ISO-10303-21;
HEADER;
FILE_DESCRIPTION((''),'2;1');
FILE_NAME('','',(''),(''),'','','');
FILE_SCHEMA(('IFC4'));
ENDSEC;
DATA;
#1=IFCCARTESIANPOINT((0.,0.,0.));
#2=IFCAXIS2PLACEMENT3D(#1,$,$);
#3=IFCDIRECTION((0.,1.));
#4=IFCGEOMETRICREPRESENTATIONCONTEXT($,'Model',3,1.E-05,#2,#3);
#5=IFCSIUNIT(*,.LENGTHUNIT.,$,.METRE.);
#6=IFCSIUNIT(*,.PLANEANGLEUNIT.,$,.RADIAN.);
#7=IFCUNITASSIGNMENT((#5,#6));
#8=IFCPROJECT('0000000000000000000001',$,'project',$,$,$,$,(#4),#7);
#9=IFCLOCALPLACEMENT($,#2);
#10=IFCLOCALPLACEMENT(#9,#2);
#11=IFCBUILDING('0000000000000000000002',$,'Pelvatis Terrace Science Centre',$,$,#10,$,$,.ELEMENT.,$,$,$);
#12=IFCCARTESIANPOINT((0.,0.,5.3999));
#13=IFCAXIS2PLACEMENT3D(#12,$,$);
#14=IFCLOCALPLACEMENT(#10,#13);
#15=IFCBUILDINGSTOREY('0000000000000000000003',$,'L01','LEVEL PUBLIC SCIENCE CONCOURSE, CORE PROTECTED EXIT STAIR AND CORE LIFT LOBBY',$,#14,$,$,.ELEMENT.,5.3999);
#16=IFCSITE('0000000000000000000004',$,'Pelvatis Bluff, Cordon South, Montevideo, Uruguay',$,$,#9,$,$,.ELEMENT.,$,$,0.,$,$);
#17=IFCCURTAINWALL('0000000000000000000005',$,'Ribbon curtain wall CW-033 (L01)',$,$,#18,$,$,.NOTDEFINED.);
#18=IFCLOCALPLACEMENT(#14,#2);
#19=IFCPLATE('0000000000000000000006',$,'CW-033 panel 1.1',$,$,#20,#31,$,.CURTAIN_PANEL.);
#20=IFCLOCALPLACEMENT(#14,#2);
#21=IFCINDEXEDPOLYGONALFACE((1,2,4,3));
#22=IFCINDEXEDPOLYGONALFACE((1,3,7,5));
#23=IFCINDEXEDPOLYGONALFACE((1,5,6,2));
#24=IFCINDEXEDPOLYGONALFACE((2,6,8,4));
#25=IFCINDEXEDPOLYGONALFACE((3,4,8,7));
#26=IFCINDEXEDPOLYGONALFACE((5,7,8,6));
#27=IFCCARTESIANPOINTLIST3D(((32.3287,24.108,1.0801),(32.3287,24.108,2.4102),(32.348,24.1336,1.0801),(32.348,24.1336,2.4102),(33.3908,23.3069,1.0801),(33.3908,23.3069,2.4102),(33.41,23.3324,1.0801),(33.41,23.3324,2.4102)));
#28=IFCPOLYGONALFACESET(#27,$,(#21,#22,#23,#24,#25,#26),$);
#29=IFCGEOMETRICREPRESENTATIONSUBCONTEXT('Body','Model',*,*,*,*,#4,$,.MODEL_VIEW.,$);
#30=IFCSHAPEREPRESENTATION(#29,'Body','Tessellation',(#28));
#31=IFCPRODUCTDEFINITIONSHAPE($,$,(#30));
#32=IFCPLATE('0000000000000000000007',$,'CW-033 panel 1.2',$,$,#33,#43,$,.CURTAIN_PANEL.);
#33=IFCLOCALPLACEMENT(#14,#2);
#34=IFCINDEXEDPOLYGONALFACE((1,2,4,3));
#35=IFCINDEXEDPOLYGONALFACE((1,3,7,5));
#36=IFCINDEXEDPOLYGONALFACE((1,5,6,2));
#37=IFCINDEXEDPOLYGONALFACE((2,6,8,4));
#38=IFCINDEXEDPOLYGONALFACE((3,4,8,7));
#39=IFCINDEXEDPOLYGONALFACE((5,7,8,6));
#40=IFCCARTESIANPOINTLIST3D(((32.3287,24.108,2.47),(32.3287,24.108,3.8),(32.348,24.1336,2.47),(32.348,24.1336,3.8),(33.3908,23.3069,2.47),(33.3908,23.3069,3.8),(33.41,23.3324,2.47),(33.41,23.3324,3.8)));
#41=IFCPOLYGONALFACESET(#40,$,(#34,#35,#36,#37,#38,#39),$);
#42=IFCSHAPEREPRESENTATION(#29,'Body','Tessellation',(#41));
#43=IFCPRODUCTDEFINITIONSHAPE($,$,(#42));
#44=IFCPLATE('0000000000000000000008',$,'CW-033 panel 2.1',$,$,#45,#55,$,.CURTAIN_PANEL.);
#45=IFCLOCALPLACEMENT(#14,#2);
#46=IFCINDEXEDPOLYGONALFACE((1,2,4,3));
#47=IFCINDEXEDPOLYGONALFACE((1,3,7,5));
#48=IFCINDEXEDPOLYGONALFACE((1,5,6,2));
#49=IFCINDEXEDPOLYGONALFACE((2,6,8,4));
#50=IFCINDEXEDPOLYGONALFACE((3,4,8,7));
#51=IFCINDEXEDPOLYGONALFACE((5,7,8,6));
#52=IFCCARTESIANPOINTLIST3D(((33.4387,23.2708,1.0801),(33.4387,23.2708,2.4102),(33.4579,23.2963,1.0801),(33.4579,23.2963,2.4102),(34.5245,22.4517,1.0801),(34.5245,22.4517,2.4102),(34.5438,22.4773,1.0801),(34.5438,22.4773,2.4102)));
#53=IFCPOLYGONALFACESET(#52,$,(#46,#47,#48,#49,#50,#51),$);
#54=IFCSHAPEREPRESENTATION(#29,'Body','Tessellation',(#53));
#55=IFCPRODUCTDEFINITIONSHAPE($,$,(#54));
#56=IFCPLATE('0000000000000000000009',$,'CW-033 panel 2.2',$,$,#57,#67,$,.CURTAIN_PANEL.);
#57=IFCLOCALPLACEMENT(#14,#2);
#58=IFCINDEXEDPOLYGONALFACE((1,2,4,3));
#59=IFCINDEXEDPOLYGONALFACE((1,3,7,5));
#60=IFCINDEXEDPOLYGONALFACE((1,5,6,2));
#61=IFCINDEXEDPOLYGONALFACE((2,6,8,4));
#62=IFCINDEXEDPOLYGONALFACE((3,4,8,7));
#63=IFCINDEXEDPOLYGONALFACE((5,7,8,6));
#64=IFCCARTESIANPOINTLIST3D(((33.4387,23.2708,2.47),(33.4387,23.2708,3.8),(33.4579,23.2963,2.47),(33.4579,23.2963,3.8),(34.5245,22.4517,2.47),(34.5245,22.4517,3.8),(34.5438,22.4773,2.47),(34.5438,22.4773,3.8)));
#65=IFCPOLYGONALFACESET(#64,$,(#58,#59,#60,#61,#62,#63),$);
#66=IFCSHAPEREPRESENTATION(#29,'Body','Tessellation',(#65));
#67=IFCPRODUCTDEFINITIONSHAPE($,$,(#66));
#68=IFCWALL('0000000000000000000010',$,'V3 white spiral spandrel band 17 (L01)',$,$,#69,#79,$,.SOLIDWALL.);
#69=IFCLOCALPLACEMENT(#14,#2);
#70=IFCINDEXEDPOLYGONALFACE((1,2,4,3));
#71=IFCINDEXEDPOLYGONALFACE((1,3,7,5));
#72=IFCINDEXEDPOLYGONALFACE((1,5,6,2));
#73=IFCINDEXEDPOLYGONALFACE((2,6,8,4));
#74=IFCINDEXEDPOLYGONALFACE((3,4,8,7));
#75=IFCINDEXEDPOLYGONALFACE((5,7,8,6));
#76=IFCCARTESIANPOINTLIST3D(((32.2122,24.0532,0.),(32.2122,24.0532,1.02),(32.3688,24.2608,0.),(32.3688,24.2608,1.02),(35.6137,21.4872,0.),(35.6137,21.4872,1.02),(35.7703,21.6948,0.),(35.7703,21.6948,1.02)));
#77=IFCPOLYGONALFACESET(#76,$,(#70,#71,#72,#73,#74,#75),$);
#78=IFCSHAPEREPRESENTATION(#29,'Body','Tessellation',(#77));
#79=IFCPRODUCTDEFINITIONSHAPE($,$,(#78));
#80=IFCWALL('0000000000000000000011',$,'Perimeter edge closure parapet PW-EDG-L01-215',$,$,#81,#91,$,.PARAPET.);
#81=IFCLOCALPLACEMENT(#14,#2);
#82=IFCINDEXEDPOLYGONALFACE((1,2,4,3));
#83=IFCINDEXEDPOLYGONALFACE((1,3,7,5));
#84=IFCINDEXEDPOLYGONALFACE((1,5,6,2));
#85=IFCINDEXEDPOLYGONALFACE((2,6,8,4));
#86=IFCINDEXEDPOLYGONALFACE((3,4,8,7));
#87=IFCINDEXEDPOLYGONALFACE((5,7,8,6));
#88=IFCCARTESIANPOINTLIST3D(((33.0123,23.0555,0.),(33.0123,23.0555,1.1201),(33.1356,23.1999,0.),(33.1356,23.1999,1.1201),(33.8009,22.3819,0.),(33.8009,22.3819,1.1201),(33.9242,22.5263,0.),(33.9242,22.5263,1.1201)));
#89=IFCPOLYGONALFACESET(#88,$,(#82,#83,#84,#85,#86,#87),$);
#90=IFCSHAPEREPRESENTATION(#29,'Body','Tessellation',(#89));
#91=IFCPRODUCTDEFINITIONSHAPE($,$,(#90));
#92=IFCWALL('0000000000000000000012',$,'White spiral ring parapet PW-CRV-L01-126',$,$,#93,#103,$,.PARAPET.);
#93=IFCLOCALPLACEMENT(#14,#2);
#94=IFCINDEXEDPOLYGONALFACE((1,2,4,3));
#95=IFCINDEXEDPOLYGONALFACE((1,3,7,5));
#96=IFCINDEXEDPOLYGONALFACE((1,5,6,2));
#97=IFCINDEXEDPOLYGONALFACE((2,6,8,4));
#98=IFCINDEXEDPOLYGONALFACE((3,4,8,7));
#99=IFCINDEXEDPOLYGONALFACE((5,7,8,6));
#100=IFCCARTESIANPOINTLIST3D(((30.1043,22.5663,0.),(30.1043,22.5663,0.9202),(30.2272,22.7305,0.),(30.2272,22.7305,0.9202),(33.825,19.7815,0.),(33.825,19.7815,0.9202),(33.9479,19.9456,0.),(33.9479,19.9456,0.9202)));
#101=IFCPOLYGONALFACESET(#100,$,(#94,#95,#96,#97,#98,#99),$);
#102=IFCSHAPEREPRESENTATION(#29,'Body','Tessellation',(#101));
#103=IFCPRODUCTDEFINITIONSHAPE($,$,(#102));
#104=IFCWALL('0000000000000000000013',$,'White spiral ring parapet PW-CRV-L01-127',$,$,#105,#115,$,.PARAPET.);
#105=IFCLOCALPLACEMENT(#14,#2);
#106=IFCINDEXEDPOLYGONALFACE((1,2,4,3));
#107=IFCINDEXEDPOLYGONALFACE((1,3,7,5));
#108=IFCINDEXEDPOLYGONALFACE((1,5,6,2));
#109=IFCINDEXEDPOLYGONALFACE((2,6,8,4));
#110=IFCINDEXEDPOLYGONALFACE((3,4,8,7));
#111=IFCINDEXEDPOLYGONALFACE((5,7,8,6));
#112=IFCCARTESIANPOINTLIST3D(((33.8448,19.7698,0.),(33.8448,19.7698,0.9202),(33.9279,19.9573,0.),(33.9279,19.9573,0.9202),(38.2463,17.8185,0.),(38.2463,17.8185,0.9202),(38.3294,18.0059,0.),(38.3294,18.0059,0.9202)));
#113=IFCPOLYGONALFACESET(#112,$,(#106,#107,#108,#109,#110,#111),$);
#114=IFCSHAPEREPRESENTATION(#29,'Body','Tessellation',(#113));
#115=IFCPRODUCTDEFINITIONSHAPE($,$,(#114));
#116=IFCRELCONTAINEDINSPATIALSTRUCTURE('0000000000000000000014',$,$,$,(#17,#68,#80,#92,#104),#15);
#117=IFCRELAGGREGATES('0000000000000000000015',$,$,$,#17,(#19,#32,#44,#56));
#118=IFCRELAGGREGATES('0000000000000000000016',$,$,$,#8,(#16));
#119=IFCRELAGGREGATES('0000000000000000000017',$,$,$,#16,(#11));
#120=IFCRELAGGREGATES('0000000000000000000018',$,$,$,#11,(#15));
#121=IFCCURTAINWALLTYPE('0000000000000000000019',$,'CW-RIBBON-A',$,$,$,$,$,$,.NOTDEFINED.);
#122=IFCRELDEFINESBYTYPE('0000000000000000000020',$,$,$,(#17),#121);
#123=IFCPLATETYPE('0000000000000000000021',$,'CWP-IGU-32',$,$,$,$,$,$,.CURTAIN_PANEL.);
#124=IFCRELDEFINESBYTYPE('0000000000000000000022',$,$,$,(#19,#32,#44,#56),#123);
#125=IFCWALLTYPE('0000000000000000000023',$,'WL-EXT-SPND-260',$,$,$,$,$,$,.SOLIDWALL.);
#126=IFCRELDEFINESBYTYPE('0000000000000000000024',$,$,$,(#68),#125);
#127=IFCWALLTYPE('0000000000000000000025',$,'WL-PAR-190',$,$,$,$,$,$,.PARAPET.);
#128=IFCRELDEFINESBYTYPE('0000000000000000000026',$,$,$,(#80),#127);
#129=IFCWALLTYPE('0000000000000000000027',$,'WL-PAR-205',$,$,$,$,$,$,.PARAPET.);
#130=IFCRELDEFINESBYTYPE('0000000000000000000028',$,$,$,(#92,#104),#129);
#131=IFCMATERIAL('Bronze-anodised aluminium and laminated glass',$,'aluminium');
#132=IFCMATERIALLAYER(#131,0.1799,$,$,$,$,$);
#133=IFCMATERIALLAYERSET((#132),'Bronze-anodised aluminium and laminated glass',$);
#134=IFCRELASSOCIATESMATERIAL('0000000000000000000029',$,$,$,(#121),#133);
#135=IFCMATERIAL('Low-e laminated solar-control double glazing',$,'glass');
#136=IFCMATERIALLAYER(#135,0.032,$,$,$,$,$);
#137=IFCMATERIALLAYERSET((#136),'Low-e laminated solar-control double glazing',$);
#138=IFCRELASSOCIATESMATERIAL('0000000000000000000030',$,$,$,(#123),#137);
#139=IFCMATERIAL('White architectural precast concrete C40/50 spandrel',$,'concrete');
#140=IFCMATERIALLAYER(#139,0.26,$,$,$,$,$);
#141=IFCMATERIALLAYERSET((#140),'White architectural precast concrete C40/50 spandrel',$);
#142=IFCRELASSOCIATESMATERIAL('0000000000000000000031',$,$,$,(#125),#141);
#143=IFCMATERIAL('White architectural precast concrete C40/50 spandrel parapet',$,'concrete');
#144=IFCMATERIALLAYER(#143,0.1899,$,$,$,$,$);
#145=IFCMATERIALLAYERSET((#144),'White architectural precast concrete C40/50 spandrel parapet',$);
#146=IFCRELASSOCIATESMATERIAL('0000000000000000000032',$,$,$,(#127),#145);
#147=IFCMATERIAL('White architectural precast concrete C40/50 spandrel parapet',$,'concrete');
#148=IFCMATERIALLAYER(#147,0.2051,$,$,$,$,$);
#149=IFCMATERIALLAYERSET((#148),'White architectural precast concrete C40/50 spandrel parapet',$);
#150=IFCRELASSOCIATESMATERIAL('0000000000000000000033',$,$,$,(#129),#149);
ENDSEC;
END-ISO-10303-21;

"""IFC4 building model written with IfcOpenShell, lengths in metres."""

from ifc_helpers import new_model, si_unit, direction, frame, frame_2d, origin, origin_2d, place, context, subcontext, project, spatial, rectangle, extrude, material, layer, layer_set, type_object, element, aggregate, save


model = new_model("IFC4")

# Units and contexts
model_context = context("Model", 3, precision=1e-05, world=origin(), true_north=direction((0.0, 1.0)))
body_context = subcontext(model_context, "Body", "Model", "MODEL_VIEW")
ifc_project = project(units=[si_unit("LENGTHUNIT", "METRE"), si_unit("PLANEANGLEUNIT", "RADIAN")], contexts=[model_context])

# Site, building, storey
site_placement = place(None, origin())
site = spatial("IfcSite", under=ifc_project, at=site_placement, Name="Pelvatis Bluff, Cordon South, Montevideo, Uruguay", CompositionType="ELEMENT", RefElevation=0.0)
building_placement = place(site_placement, origin())
building = spatial("IfcBuilding", under=site, at=building_placement, Name="Pelvatis Terrace Science Centre", CompositionType="ELEMENT")
storey_placement = place(building_placement, frame((0.0, 0.0, 5.3999)))
storey = spatial("IfcBuildingStorey", under=building, at=storey_placement, Name="L01", Description="LEVEL PUBLIC SCIENCE CONCOURSE, CORE PROTECTED EXIT STAIR AND CORE LIFT LOBBY", CompositionType="ELEMENT", Elevation=5.3999)

# Shared definitions
ifc_material_1 = material(Name="Bronze-anodised aluminium and laminated glass", Category="aluminium")
ifc_layer_1 = layer(ifc_material_1, 0.1799)
ifc_layer_set_1 = layer_set([ifc_layer_1], Name="Bronze-anodised aluminium and laminated glass")
curtain_wall_type = type_object("IfcCurtainWallType", Name="CW-RIBBON-A", PredefinedType="NOTDEFINED", material=ifc_layer_set_1)

# Curtain wall
curtain_wall_1_placement = place(storey_placement, origin())
curtain_wall_1 = element("IfcCurtainWall", 1, at=curtain_wall_1_placement, inside=storey, type_object=curtain_wall_type, Name="Ribbon curtain wall CW-033 (L01)", PredefinedType="NOTDEFINED")

# Plates
ifc_material_2 = material(Name="Low-e laminated solar-control double glazing", Category="glass")
ifc_layer_2 = layer(ifc_material_2, 0.032)
ifc_layer_set_2 = layer_set([ifc_layer_2], Name="Low-e laminated solar-control double glazing")
plate_type = type_object("IfcPlateType", Name="CWP-IGU-32", PredefinedType="CURTAIN_PANEL", material=ifc_layer_set_2)
plate_1_placement = place(storey_placement, frame((32.8694, 23.7202, 1.0801), z_axis=(0.0, 0.0, 1.0), x_axis=(0.798335, -0.602213, 0.0)))
plate_1 = element("IfcPlate", 2, at=plate_1_placement, type_object=plate_type, Name="CW-033 panel 1.1", PredefinedType="CURTAIN_PANEL", context=body_context, shape_type="SweptSolid", body=[
    extrude(rectangle(XDim=1.3303, YDim=0.032, at=origin_2d()), origin(), (0.0, 0.0, 1.0), 1.3301),
])
plate_2_placement = place(storey_placement, frame((32.8694, 23.7202, 2.47), z_axis=(0.0, 0.0, 1.0), x_axis=(0.798335, -0.602213, 0.0)))
plate_2 = element("IfcPlate", 3, at=plate_2_placement, type_object=plate_type, Name="CW-033 panel 1.2", PredefinedType="CURTAIN_PANEL", context=body_context, shape_type="SweptSolid", body=[
    extrude(rectangle(XDim=1.3303, YDim=0.032, at=origin_2d()), origin(), (0.0, 0.0, 1.0), 1.3301),
])
plate_3_placement = place(storey_placement, frame((33.9912, 22.874, 1.0801), z_axis=(0.0, 0.0, 1.0), x_axis=(0.798335, -0.602213, 0.0)))
plate_3 = element("IfcPlate", 4, at=plate_3_placement, type_object=plate_type, Name="CW-033 panel 2.1", PredefinedType="CURTAIN_PANEL", context=body_context, shape_type="SweptSolid", body=[
    extrude(rectangle(XDim=1.3601, YDim=0.032, at=origin_2d()), origin(), (0.0, 0.0, 1.0), 1.3301),
])
plate_4_placement = place(storey_placement, frame((33.9912, 22.874, 2.47), z_axis=(0.0, 0.0, 1.0), x_axis=(0.798335, -0.602213, 0.0)))
plate_4 = element("IfcPlate", 5, at=plate_4_placement, type_object=plate_type, Name="CW-033 panel 2.2", PredefinedType="CURTAIN_PANEL", context=body_context, shape_type="SweptSolid", body=[
    extrude(rectangle(XDim=1.3601, YDim=0.032, at=origin_2d()), origin(), (0.0, 0.0, 1.0), 1.3301),
])
aggregate(curtain_wall_1, [plate_1, plate_2, plate_3, plate_4])

# Walls
ifc_material_3 = material(Name="White architectural precast concrete C40/50 spandrel", Category="concrete")
ifc_layer_3 = layer(ifc_material_3, 0.26)
ifc_layer_set_3 = layer_set([ifc_layer_3], Name="White architectural precast concrete C40/50 spandrel")
wall_type_1 = type_object("IfcWallType", Name="WL-EXT-SPND-260", PredefinedType="SOLIDWALL", material=ifc_layer_set_3)
wall_1_placement = place(storey_placement, frame((32.2905, 24.157, 0.0), z_axis=(0.0, 0.0, 1.0), x_axis=(0.798319, -0.602235, 0.0)))
element("IfcWall", 6, at=wall_1_placement, inside=storey, type_object=wall_type_1, Name="V3 white spiral spandrel band 17 (L01)", PredefinedType="SOLIDWALL", context=body_context, shape_type="SweptSolid", body=[
    extrude(rectangle(XDim=4.2607, YDim=0.26, at=frame_2d((2.1304, 0.0))), origin(), (0.0, 0.0, 1.0), 1.02),
])
ifc_material_4 = material(Name="White architectural precast concrete C40/50 spandrel parapet", Category="concrete")
ifc_layer_4 = layer(ifc_material_4, 0.1899)
ifc_layer_set_4 = layer_set([ifc_layer_4], Name="White architectural precast concrete C40/50 spandrel parapet")
wall_type_2 = type_object("IfcWallType", Name="WL-PAR-190", PredefinedType="PARAPET", material=ifc_layer_set_4)
wall_2_placement = place(storey_placement, frame((33.8625, 22.4541, 0.0), z_axis=(0.0, 0.0, 1.0), x_axis=(-0.760369, 0.649492, 0.0)))
element("IfcWall", 7, at=wall_2_placement, inside=storey, type_object=wall_type_2, Name="Perimeter edge closure parapet PW-EDG-L01-215", PredefinedType="PARAPET", context=body_context, shape_type="SweptSolid", body=[
    extrude(rectangle(XDim=1.0371, YDim=0.1899, at=frame_2d((0.5186, 0.0))), origin(), (0.0, 0.0, 1.0), 1.1201),
])
ifc_material_5 = material(Name="White architectural precast concrete C40/50 spandrel parapet", Category="concrete")
ifc_layer_5 = layer(ifc_material_5, 0.2051)
ifc_layer_set_5 = layer_set([ifc_layer_5], Name="White architectural precast concrete C40/50 spandrel parapet")
wall_type_3 = type_object("IfcWallType", Name="WL-PAR-205", PredefinedType="PARAPET", material=ifc_layer_set_5)
wall_3_placement = place(storey_placement, frame((30.1658, 22.6484, 0.0), z_axis=(0.0, 0.0, 1.0), x_axis=(0.80058, -0.599226, 0.0)))
element("IfcWall", 8, at=wall_3_placement, inside=storey, type_object=wall_type_3, Name="White spiral ring parapet PW-CRV-L01-126", PredefinedType="PARAPET", context=body_context, shape_type="SweptSolid", body=[
    extrude(rectangle(XDim=4.6475, YDim=0.2051, at=frame_2d((2.3237, 0.0))), origin(), (0.0, 0.0, 1.0), 0.9202),
])
wall_4_placement = place(storey_placement, frame((33.8865, 19.8635, 0.0), z_axis=(0.0, 0.0, 1.0), x_axis=(0.914185, -0.405296, 0.0)))
element("IfcWall", 9, at=wall_4_placement, inside=storey, type_object=wall_type_3, Name="White spiral ring parapet PW-CRV-L01-127", PredefinedType="PARAPET", context=body_context, shape_type="SweptSolid", body=[
    extrude(rectangle(XDim=4.8147, YDim=0.2051, at=frame_2d((2.4072, 0.0))), origin(), (0.0, 0.0, 1.0), 0.9202),
])

save(model, "model.ifc")
